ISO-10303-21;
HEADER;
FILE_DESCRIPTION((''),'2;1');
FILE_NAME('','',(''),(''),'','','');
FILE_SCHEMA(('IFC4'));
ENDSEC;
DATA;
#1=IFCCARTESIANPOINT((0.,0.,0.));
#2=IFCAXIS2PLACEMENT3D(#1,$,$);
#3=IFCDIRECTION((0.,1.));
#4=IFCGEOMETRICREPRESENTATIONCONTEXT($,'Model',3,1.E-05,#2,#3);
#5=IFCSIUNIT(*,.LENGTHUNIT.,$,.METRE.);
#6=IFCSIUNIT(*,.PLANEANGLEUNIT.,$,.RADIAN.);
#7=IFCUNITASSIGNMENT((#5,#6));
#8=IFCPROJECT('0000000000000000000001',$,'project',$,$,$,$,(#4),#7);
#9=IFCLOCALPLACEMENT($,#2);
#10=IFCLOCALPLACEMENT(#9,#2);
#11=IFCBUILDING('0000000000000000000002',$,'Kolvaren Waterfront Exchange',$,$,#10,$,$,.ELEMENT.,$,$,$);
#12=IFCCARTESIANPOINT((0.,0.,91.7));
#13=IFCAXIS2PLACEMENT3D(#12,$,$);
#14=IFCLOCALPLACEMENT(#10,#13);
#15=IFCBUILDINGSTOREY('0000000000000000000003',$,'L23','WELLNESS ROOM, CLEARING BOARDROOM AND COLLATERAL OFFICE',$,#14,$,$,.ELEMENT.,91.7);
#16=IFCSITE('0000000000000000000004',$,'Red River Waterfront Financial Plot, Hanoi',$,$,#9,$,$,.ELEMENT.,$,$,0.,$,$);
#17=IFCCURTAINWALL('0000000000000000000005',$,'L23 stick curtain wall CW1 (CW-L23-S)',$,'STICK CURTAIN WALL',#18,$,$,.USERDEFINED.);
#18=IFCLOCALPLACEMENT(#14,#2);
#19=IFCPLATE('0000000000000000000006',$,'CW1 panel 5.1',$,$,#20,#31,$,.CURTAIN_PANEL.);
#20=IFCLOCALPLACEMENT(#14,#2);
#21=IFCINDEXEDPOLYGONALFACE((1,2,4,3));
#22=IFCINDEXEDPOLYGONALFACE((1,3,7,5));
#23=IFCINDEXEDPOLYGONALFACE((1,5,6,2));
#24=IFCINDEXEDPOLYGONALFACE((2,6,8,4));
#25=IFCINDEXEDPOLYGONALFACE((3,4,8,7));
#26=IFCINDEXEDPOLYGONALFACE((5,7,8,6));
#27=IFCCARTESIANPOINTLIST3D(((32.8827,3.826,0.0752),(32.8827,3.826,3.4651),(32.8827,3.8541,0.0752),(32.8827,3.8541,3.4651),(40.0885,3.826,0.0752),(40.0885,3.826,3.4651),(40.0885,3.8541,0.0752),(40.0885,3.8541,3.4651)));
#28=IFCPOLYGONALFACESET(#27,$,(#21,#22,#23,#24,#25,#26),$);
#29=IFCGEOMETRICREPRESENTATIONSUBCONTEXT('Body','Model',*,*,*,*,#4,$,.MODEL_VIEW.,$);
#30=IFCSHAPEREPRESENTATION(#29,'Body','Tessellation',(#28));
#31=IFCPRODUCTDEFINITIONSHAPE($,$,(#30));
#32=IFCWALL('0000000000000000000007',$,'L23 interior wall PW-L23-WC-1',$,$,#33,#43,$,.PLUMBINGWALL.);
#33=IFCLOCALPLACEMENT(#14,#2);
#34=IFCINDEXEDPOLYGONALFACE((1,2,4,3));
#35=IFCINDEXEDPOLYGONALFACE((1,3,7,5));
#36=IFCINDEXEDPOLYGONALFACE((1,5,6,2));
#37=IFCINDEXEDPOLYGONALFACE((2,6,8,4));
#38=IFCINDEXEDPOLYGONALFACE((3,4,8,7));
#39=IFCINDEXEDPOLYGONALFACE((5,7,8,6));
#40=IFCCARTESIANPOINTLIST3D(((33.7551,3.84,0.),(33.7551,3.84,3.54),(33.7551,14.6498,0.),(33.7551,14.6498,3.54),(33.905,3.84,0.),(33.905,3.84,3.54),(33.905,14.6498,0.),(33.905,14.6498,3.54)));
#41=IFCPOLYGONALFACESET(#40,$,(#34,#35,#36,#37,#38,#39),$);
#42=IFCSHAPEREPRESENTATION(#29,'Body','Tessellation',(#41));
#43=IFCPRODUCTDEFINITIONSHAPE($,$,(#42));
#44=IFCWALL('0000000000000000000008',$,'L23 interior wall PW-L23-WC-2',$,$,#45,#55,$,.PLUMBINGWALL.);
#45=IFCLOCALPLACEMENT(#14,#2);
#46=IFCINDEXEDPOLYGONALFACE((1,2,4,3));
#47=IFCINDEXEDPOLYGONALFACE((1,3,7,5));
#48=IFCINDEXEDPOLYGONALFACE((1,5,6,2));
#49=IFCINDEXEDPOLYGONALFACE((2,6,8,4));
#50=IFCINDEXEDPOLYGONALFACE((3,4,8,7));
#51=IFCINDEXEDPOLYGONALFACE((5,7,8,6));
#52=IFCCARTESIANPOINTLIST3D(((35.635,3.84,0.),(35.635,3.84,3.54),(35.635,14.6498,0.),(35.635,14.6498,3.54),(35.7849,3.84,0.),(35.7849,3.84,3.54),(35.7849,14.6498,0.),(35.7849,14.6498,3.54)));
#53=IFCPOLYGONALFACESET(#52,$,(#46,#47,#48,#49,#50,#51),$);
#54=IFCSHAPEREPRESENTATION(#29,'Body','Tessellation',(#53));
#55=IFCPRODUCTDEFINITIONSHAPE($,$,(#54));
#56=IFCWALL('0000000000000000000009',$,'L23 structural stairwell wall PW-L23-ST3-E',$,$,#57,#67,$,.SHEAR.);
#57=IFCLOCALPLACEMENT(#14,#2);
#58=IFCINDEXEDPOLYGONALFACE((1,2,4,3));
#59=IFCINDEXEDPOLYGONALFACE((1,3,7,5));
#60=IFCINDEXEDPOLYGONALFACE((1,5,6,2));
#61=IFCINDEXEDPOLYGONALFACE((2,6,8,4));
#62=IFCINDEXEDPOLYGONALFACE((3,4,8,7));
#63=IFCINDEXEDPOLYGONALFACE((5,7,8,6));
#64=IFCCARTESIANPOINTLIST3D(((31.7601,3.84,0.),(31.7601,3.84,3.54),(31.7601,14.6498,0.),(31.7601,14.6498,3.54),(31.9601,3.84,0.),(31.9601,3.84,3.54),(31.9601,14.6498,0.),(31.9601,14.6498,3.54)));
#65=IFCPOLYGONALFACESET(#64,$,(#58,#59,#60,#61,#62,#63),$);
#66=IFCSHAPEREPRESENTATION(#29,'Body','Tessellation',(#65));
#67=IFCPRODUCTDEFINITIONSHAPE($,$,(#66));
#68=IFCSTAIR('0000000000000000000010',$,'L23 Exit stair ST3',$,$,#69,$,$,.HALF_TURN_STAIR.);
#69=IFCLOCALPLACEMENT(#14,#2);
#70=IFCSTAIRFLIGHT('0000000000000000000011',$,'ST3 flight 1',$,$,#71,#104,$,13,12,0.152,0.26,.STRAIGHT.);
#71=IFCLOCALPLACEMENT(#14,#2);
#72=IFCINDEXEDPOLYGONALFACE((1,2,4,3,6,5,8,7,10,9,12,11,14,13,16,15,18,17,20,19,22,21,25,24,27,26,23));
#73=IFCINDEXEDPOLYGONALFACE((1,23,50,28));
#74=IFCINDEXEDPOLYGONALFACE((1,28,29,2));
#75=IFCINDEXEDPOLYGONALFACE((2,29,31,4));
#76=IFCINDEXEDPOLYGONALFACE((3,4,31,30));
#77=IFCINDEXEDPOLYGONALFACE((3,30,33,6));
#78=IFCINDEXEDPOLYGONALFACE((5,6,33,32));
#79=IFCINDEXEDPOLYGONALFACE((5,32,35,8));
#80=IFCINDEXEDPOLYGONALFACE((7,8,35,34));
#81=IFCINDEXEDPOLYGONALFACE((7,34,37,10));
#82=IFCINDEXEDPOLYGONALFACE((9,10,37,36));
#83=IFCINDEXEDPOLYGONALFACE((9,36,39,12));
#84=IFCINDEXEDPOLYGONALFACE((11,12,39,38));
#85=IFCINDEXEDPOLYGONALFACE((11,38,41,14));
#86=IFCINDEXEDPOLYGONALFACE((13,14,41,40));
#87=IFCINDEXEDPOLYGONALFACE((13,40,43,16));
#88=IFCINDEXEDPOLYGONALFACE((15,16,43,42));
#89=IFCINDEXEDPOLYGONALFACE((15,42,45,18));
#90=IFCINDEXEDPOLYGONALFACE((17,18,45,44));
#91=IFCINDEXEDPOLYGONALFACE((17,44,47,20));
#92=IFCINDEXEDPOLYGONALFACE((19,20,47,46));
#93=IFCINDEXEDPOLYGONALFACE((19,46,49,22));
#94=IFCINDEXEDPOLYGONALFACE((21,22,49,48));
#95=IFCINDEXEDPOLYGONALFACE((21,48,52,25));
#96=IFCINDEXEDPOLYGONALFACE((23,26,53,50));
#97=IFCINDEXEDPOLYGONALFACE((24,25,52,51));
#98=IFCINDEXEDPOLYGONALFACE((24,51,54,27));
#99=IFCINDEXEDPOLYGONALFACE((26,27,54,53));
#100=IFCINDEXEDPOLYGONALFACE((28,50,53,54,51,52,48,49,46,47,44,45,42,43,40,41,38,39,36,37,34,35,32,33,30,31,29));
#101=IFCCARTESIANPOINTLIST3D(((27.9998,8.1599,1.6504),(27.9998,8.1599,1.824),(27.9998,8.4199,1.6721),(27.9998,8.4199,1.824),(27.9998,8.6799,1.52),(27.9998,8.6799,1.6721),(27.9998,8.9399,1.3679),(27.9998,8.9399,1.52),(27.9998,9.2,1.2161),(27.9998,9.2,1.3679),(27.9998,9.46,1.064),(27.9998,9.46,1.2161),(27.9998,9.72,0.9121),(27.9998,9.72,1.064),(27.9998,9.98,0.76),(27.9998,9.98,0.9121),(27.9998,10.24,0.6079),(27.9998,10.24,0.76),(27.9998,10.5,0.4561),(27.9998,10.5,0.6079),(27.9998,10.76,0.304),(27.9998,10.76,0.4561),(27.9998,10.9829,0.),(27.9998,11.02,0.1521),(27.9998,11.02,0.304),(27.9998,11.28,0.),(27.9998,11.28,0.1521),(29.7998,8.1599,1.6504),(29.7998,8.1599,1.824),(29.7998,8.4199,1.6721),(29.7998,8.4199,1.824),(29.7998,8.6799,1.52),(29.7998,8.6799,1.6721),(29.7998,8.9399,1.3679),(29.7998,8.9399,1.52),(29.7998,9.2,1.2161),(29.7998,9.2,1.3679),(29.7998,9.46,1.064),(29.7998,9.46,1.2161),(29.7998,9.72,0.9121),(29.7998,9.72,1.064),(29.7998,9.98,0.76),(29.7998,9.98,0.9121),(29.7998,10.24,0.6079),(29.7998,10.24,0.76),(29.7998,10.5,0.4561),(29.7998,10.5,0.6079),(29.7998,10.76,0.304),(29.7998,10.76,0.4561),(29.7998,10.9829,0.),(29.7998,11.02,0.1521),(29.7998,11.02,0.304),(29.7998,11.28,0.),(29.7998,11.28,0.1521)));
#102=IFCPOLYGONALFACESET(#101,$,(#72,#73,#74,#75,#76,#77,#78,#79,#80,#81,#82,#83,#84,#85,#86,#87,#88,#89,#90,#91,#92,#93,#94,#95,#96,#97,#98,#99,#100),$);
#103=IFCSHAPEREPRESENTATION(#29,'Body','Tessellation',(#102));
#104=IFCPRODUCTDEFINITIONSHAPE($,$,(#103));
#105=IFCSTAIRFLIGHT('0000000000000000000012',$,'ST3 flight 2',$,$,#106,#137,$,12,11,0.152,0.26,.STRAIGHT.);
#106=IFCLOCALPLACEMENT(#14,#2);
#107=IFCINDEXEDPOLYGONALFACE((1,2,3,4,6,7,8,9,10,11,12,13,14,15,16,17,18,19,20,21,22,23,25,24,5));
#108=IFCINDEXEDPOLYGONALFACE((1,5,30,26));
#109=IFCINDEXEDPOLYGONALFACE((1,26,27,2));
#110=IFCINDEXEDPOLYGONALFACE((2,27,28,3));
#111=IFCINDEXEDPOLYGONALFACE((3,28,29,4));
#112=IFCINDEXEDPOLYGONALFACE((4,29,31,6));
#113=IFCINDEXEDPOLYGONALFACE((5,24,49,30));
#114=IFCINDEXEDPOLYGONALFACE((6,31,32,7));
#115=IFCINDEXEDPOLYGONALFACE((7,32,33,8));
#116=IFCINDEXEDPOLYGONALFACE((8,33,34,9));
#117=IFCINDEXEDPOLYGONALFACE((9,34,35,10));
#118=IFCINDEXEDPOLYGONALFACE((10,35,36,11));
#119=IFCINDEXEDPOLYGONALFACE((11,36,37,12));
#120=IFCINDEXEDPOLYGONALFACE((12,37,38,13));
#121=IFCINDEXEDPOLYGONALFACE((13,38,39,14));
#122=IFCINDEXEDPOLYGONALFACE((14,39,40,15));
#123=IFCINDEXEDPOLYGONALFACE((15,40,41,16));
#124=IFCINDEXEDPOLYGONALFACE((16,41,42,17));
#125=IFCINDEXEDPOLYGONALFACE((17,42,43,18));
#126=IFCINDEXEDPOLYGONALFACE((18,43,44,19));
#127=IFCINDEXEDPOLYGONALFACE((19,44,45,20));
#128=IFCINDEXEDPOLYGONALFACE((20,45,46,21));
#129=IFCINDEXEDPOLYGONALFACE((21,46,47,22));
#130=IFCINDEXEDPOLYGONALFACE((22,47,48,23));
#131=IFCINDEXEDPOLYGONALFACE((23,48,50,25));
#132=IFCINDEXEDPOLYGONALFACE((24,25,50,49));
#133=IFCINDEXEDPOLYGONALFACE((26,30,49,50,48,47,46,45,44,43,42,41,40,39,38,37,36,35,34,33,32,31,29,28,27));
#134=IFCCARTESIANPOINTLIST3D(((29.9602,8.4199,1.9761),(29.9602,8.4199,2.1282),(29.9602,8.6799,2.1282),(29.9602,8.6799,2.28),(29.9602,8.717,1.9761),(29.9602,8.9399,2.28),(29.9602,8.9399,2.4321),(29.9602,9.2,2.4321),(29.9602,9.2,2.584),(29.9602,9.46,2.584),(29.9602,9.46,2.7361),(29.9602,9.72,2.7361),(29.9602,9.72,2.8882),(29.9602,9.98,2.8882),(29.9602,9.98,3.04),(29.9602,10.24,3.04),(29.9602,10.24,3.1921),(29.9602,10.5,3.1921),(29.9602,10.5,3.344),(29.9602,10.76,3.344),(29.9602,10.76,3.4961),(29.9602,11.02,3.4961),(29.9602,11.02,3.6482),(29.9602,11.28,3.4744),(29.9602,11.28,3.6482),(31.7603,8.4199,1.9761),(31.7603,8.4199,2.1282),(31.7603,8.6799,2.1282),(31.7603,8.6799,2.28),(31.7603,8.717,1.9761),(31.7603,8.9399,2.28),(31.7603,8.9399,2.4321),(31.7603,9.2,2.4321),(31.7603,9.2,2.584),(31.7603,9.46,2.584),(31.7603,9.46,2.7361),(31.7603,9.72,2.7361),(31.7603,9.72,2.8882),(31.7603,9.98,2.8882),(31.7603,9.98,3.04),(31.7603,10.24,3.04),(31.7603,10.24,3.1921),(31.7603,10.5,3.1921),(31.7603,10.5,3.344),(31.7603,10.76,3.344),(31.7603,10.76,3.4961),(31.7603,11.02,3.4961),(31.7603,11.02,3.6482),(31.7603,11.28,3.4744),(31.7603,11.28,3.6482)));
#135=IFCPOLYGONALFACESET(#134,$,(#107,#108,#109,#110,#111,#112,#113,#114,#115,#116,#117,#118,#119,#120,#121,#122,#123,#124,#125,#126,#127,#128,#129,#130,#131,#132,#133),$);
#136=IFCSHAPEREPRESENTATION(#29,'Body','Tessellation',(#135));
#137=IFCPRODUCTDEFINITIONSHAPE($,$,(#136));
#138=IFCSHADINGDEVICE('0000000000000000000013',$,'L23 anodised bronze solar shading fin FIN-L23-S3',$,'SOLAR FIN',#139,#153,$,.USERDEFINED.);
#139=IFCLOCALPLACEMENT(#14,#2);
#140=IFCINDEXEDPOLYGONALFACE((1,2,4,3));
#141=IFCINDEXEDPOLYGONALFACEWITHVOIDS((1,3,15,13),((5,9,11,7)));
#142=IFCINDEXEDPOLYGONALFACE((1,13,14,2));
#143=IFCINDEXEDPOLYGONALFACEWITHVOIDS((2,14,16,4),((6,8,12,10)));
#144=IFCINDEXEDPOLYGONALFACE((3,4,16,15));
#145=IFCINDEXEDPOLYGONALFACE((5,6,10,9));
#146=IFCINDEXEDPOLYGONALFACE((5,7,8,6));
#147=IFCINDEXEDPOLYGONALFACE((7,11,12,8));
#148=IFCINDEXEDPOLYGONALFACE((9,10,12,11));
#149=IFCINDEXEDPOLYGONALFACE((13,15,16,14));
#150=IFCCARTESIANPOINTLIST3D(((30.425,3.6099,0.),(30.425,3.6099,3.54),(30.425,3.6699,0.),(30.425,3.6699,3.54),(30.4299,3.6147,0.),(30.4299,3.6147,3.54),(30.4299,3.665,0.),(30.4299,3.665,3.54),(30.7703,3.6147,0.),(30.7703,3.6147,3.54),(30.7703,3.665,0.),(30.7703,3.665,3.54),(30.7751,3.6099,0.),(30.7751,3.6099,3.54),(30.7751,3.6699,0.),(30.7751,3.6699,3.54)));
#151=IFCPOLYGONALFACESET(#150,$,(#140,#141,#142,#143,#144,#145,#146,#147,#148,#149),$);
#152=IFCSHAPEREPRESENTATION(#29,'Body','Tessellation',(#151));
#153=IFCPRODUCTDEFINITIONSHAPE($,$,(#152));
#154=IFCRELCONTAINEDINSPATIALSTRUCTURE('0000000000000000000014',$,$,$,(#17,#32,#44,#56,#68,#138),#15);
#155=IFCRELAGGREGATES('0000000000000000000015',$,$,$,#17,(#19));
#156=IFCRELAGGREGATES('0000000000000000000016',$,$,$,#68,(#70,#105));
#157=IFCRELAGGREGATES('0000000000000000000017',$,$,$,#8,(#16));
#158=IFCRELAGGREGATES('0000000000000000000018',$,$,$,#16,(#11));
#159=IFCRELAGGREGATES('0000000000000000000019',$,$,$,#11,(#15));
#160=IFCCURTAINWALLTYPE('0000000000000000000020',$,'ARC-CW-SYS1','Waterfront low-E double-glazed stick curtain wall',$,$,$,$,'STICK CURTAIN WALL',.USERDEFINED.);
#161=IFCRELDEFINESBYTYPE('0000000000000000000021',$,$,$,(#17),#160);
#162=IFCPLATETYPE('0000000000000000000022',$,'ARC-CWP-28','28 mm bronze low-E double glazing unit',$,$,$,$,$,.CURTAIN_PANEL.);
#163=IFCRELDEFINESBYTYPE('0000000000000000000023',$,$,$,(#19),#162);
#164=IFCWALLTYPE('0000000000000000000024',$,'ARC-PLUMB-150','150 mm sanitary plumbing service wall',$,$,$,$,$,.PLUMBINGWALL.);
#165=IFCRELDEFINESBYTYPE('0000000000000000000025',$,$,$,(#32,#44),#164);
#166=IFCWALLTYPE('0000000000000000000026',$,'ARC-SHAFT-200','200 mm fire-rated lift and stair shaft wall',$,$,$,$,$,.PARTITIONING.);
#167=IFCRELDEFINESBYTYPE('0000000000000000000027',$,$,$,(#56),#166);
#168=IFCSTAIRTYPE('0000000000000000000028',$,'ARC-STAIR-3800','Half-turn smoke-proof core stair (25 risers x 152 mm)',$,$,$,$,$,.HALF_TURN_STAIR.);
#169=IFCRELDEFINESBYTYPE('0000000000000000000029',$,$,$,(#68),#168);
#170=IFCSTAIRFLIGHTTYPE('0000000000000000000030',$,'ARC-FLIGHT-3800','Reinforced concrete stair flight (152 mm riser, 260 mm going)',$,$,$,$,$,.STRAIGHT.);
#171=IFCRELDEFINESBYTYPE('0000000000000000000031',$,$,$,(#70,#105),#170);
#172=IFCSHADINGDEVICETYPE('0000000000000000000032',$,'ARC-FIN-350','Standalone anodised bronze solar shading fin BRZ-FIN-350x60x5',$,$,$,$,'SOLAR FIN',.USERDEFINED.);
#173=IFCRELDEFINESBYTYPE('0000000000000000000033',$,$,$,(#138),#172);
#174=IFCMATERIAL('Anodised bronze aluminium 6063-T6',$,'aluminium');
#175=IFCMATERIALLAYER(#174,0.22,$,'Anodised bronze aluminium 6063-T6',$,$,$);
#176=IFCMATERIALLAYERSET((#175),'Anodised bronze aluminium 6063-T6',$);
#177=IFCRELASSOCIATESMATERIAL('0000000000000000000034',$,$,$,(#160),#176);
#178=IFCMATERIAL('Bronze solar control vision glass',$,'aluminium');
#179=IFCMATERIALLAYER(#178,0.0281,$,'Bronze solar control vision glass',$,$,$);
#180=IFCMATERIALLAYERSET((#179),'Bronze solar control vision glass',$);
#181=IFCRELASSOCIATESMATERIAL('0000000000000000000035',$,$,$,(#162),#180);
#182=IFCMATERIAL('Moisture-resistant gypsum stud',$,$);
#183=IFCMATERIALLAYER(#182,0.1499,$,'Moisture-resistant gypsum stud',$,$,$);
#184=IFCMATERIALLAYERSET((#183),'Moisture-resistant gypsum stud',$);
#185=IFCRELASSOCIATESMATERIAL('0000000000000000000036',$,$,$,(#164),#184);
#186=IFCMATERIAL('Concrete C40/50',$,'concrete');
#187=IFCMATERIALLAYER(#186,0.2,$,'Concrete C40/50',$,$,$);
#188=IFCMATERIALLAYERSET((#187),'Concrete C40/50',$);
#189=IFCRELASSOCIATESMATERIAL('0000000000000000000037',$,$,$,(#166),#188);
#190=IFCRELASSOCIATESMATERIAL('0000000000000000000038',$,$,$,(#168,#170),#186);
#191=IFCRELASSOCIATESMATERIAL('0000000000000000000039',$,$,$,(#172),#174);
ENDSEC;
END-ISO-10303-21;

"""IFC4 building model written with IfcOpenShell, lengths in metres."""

from ifc_helpers import new_model, si_unit, direction, frame, frame_2d, origin, origin_with_axes, origin_2d, place, context, subcontext, project, spatial, polyline, rectangle, hollow_rectangle, outline, extrude, source, transform, mapped, material, layer, layer_set, material_profile, profile_set, type_object, element, aggregate, save


model = new_model("IFC4")

# Units and contexts
model_context = context("Model", 3, precision=1e-05, world=origin(), true_north=direction((0.0, 1.0)))
body_context = subcontext(model_context, "Body", "Model", "MODEL_VIEW")
ifc_project = project(units=[si_unit("LENGTHUNIT", "METRE"), si_unit("PLANEANGLEUNIT", "RADIAN")], contexts=[model_context])

# Site, building, storey
site_placement = place(None, origin())
site = spatial("IfcSite", under=ifc_project, at=site_placement, Name="Red River Waterfront Financial Plot, Hanoi", CompositionType="ELEMENT", RefElevation=0.0)
building_placement = place(site_placement, origin())
building = spatial("IfcBuilding", under=site, at=building_placement, Name="Kolvaren Waterfront Exchange", CompositionType="ELEMENT")
storey_placement = place(building_placement, frame((0.0, 0.0, 91.7)))
storey = spatial("IfcBuildingStorey", under=building, at=storey_placement, Name="L23", Description="WELLNESS ROOM, CLEARING BOARDROOM AND COLLATERAL OFFICE", CompositionType="ELEMENT", Elevation=91.7)

# Curtain wall, plate
ifc_material_1 = material(Name="Anodised bronze aluminium 6063-T6", Category="aluminium")
ifc_layer_1 = layer(ifc_material_1, 0.22, Name="Anodised bronze aluminium 6063-T6")
ifc_layer_set_1 = layer_set([ifc_layer_1], Name="Anodised bronze aluminium 6063-T6")
curtain_wall_type = type_object("IfcCurtainWallType", Name="ARC-CW-SYS1", Description="Waterfront low-E double-glazed stick curtain wall", ElementType="STICK CURTAIN WALL", PredefinedType="USERDEFINED", material=ifc_layer_set_1)
curtain_wall_placement = place(storey_placement, origin())
curtain_wall = element("IfcCurtainWall", 1, at=curtain_wall_placement, inside=storey, type_object=curtain_wall_type, Name="L23 stick curtain wall CW1 (CW-L23-S)", ObjectType="STICK CURTAIN WALL", PredefinedType="USERDEFINED")
ifc_material_2 = material(Name="Bronze solar control vision glass", Category="aluminium")
ifc_layer_2 = layer(ifc_material_2, 0.0281, Name="Bronze solar control vision glass")
ifc_layer_set_2 = layer_set([ifc_layer_2], Name="Bronze solar control vision glass")
plate_type = type_object("IfcPlateType", Name="ARC-CWP-28", Description="28 mm bronze low-E double glazing unit", PredefinedType="CURTAIN_PANEL", material=ifc_layer_set_2)
shared_shape_1 = source(origin_with_axes(), body_context, "Body", "SweptSolid", [
    extrude(rectangle(XDim=7.2058, YDim=0.0281, at=origin_2d()), origin(), (0.0, 0.0, 1.0), 3.3899),
])
plate_1_placement = place(storey_placement, frame((36.4856, 3.8401, 0.0752), z_axis=(0.0, 0.0, 1.0), x_axis=(1.0, 0.0, 0.0)))
plate_1 = element("IfcPlate", 2, at=plate_1_placement, type_object=plate_type, Name="CW1 panel 5.1", PredefinedType="CURTAIN_PANEL", context=body_context, shape_type="MappedRepresentation", body=[
    mapped(shared_shape_1, transform((0.0, 0.0, 0.0), x_axis=(1.0, 0.0, 0.0), y_axis=(0.0, 1.0, 0.0), z_axis=(0.0, 0.0, 1.0), scale=1.0)),
])
aggregate(curtain_wall, [plate_1])

# Walls
ifc_material_3 = material(Name="Moisture-resistant gypsum stud")
ifc_layer_3 = layer(ifc_material_3, 0.1499, Name="Moisture-resistant gypsum stud")
ifc_layer_set_3 = layer_set([ifc_layer_3], Name="Moisture-resistant gypsum stud")
wall_type_1 = type_object("IfcWallType", Name="ARC-PLUMB-150", Description="150 mm sanitary plumbing service wall", PredefinedType="PLUMBINGWALL", material=ifc_layer_set_3)
for number, where, z_axis, x_axis, name in (
    (3, (33.8301, 3.8401, 0.0), (0.0, 0.0, 1.0), (0.0, 1.0, 0.0), "L23 interior wall PW-L23-WC-1"),
    (4, (35.71, 3.8401, 0.0), (0.0, 0.0, 1.0), (0.0, 1.0, 0.0), "L23 interior wall PW-L23-WC-2"),
):
    element("IfcWall", number, at=place(storey_placement, frame(where, z_axis=z_axis, x_axis=x_axis)), inside=storey, type_object=wall_type_1, Name=name, PredefinedType="PLUMBINGWALL", context=body_context, shape_type="SweptSolid", body=[
        extrude(rectangle(XDim=10.8098, YDim=0.1499, at=frame_2d((5.4048, 0.0))), origin(), (0.0, 0.0, 1.0), 3.54),
    ])
ifc_material_4 = material(Name="Concrete C40/50", Category="concrete")
ifc_layer_4 = layer(ifc_material_4, 0.2, Name="Concrete C40/50")
ifc_layer_set_4 = layer_set([ifc_layer_4], Name="Concrete C40/50")
wall_type_2 = type_object("IfcWallType", Name="ARC-SHAFT-200", Description="200 mm fire-rated lift and stair shaft wall", PredefinedType="PARTITIONING", material=ifc_layer_set_4)
wall_placement = place(storey_placement, frame((31.8601, 3.8401, 0.0), z_axis=(0.0, 0.0, 1.0), x_axis=(0.0, 1.0, 0.0)))
element("IfcWall", 5, at=wall_placement, inside=storey, type_object=wall_type_2, Name="L23 structural stairwell wall PW-L23-ST3-E", PredefinedType="SHEAR", context=body_context, shape_type="SweptSolid", body=[
    extrude(rectangle(XDim=10.8098, YDim=0.2, at=frame_2d((5.4048, 0.0))), origin(), (0.0, 0.0, 1.0), 3.54),
])

# Stair, stair flights
stair_type = type_object("IfcStairType", Name="ARC-STAIR-3800", Description="Half-turn smoke-proof core stair (25 risers x 152 mm)", PredefinedType="HALF_TURN_STAIR", material=ifc_material_4)
stair_placement = place(storey_placement, origin())
stair = element("IfcStair", 6, at=stair_placement, inside=storey, type_object=stair_type, Name="L23 Exit stair ST3", PredefinedType="HALF_TURN_STAIR")
stair_flight_type = type_object("IfcStairFlightType", Name="ARC-FLIGHT-3800", Description="Reinforced concrete stair flight (152 mm riser, 260 mm going)", PredefinedType="STRAIGHT", material=ifc_material_4)
stair_flight_1_placement = place(storey_placement, frame((28.8999, 11.28, 0.0), z_axis=(0.0, 0.0, 1.0), x_axis=(0.0, -1.0, 0.0)))
stair_flight_1 = element("IfcStairFlight", 7, at=stair_flight_1_placement, type_object=stair_flight_type, Name="ST3 flight 1", NumberOfRisers=13, NumberOfTreads=12, PredefinedType="STRAIGHT", RiserHeight=0.152, TreadLength=0.26, context=body_context, shape_type="SweptSolid", body=[
    extrude(outline(polyline([(0.0, 0.0), (0.0, 0.1521), (0.26, 0.1521), (0.26, 0.304), (0.52, 0.304), (0.52, 0.4561), (0.78, 0.4561), (0.78, 0.6079), (1.04, 0.6079), (1.04, 0.76), (1.3, 0.76), (1.3, 0.9121), (1.5601, 0.9121), (1.5601, 1.064), (1.8201, 1.064), (1.8201, 1.2161), (2.0801, 1.2161), (2.0801, 1.3679), (2.3401, 1.3679), (2.3401, 1.52), (2.6001, 1.52), (2.6001, 1.6721), (2.8601, 1.6721), (2.8601, 1.824), (3.1201, 1.824), (3.1201, 1.9761), (3.1201, 1.6504), (0.2971, 0.0), (0.0, 0.0)])), frame((0.0, 0.8999, 0.0), z_axis=(0.0, -1.0, 0.0), x_axis=(1.0, 0.0, 0.0)), (0.0, 0.0, 1.0), 1.8),
])
stair_flight_2_placement = place(storey_placement, frame((30.8601, 8.4199, 1.9761), z_axis=(0.0, 0.0, 1.0), x_axis=(0.0, 1.0, 0.0)))
stair_flight_2 = element("IfcStairFlight", 8, at=stair_flight_2_placement, type_object=stair_flight_type, Name="ST3 flight 2", NumberOfRisers=12, NumberOfTreads=11, PredefinedType="STRAIGHT", RiserHeight=0.152, TreadLength=0.26, context=body_context, shape_type="SweptSolid", body=[
    extrude(outline(polyline([(0.0, 0.0), (0.0, 0.1521), (0.26, 0.1521), (0.26, 0.304), (0.52, 0.304), (0.52, 0.4561), (0.78, 0.4561), (0.78, 0.6079), (1.04, 0.6079), (1.04, 0.76), (1.3, 0.76), (1.3, 0.9121), (1.5601, 0.9121), (1.5601, 1.064), (1.8201, 1.064), (1.8201, 1.2161), (2.0801, 1.2161), (2.0801, 1.3679), (2.3401, 1.3679), (2.3401, 1.52), (2.6001, 1.52), (2.6001, 1.6721), (2.8601, 1.6721), (2.8601, 1.824), (2.8601, 1.4983), (0.2971, 0.0), (0.0, 0.0)])), frame((0.0, 0.8999, 0.0), z_axis=(0.0, -1.0, 0.0), x_axis=(1.0, 0.0, 0.0)), (0.0, 0.0, 1.0), 1.8),
])
aggregate(stair, [stair_flight_1, stair_flight_2])

# Shading device
ifc_material_profile_1 = material_profile(ifc_material_1, hollow_rectangle(XDim=0.0601, YDim=0.3501, WallThickness=0.0049, at=origin_2d()), Name="BRZ-FIN-350x60x5")
ifc_profile_set_1 = profile_set([ifc_material_profile_1], Name="Anodised bronze aluminium 6063-T6")
shading_device_type = type_object("IfcShadingDeviceType", Name="ARC-FIN-350", Description="Standalone anodised bronze solar shading fin BRZ-FIN-350x60x5", ElementType="SOLAR FIN", PredefinedType="USERDEFINED", material=ifc_profile_set_1)
shading_device_placement = place(storey_placement, frame((30.6001, 3.6399, 0.0), z_axis=(0.0, 0.0, 1.0), x_axis=(0.0, -1.0, 0.0)))
element("IfcShadingDevice", 9, at=shading_device_placement, inside=storey, type_object=shading_device_type, Name="L23 anodised bronze solar shading fin FIN-L23-S3", ObjectType="SOLAR FIN", PredefinedType="USERDEFINED", context=body_context, shape_type="SweptSolid", body=[
    extrude(hollow_rectangle(XDim=0.0601, YDim=0.3501, WallThickness=0.0049, at=origin_2d()), origin(), (0.0, 0.0, 1.0), 3.54),
])

save(model, "model.ifc")
